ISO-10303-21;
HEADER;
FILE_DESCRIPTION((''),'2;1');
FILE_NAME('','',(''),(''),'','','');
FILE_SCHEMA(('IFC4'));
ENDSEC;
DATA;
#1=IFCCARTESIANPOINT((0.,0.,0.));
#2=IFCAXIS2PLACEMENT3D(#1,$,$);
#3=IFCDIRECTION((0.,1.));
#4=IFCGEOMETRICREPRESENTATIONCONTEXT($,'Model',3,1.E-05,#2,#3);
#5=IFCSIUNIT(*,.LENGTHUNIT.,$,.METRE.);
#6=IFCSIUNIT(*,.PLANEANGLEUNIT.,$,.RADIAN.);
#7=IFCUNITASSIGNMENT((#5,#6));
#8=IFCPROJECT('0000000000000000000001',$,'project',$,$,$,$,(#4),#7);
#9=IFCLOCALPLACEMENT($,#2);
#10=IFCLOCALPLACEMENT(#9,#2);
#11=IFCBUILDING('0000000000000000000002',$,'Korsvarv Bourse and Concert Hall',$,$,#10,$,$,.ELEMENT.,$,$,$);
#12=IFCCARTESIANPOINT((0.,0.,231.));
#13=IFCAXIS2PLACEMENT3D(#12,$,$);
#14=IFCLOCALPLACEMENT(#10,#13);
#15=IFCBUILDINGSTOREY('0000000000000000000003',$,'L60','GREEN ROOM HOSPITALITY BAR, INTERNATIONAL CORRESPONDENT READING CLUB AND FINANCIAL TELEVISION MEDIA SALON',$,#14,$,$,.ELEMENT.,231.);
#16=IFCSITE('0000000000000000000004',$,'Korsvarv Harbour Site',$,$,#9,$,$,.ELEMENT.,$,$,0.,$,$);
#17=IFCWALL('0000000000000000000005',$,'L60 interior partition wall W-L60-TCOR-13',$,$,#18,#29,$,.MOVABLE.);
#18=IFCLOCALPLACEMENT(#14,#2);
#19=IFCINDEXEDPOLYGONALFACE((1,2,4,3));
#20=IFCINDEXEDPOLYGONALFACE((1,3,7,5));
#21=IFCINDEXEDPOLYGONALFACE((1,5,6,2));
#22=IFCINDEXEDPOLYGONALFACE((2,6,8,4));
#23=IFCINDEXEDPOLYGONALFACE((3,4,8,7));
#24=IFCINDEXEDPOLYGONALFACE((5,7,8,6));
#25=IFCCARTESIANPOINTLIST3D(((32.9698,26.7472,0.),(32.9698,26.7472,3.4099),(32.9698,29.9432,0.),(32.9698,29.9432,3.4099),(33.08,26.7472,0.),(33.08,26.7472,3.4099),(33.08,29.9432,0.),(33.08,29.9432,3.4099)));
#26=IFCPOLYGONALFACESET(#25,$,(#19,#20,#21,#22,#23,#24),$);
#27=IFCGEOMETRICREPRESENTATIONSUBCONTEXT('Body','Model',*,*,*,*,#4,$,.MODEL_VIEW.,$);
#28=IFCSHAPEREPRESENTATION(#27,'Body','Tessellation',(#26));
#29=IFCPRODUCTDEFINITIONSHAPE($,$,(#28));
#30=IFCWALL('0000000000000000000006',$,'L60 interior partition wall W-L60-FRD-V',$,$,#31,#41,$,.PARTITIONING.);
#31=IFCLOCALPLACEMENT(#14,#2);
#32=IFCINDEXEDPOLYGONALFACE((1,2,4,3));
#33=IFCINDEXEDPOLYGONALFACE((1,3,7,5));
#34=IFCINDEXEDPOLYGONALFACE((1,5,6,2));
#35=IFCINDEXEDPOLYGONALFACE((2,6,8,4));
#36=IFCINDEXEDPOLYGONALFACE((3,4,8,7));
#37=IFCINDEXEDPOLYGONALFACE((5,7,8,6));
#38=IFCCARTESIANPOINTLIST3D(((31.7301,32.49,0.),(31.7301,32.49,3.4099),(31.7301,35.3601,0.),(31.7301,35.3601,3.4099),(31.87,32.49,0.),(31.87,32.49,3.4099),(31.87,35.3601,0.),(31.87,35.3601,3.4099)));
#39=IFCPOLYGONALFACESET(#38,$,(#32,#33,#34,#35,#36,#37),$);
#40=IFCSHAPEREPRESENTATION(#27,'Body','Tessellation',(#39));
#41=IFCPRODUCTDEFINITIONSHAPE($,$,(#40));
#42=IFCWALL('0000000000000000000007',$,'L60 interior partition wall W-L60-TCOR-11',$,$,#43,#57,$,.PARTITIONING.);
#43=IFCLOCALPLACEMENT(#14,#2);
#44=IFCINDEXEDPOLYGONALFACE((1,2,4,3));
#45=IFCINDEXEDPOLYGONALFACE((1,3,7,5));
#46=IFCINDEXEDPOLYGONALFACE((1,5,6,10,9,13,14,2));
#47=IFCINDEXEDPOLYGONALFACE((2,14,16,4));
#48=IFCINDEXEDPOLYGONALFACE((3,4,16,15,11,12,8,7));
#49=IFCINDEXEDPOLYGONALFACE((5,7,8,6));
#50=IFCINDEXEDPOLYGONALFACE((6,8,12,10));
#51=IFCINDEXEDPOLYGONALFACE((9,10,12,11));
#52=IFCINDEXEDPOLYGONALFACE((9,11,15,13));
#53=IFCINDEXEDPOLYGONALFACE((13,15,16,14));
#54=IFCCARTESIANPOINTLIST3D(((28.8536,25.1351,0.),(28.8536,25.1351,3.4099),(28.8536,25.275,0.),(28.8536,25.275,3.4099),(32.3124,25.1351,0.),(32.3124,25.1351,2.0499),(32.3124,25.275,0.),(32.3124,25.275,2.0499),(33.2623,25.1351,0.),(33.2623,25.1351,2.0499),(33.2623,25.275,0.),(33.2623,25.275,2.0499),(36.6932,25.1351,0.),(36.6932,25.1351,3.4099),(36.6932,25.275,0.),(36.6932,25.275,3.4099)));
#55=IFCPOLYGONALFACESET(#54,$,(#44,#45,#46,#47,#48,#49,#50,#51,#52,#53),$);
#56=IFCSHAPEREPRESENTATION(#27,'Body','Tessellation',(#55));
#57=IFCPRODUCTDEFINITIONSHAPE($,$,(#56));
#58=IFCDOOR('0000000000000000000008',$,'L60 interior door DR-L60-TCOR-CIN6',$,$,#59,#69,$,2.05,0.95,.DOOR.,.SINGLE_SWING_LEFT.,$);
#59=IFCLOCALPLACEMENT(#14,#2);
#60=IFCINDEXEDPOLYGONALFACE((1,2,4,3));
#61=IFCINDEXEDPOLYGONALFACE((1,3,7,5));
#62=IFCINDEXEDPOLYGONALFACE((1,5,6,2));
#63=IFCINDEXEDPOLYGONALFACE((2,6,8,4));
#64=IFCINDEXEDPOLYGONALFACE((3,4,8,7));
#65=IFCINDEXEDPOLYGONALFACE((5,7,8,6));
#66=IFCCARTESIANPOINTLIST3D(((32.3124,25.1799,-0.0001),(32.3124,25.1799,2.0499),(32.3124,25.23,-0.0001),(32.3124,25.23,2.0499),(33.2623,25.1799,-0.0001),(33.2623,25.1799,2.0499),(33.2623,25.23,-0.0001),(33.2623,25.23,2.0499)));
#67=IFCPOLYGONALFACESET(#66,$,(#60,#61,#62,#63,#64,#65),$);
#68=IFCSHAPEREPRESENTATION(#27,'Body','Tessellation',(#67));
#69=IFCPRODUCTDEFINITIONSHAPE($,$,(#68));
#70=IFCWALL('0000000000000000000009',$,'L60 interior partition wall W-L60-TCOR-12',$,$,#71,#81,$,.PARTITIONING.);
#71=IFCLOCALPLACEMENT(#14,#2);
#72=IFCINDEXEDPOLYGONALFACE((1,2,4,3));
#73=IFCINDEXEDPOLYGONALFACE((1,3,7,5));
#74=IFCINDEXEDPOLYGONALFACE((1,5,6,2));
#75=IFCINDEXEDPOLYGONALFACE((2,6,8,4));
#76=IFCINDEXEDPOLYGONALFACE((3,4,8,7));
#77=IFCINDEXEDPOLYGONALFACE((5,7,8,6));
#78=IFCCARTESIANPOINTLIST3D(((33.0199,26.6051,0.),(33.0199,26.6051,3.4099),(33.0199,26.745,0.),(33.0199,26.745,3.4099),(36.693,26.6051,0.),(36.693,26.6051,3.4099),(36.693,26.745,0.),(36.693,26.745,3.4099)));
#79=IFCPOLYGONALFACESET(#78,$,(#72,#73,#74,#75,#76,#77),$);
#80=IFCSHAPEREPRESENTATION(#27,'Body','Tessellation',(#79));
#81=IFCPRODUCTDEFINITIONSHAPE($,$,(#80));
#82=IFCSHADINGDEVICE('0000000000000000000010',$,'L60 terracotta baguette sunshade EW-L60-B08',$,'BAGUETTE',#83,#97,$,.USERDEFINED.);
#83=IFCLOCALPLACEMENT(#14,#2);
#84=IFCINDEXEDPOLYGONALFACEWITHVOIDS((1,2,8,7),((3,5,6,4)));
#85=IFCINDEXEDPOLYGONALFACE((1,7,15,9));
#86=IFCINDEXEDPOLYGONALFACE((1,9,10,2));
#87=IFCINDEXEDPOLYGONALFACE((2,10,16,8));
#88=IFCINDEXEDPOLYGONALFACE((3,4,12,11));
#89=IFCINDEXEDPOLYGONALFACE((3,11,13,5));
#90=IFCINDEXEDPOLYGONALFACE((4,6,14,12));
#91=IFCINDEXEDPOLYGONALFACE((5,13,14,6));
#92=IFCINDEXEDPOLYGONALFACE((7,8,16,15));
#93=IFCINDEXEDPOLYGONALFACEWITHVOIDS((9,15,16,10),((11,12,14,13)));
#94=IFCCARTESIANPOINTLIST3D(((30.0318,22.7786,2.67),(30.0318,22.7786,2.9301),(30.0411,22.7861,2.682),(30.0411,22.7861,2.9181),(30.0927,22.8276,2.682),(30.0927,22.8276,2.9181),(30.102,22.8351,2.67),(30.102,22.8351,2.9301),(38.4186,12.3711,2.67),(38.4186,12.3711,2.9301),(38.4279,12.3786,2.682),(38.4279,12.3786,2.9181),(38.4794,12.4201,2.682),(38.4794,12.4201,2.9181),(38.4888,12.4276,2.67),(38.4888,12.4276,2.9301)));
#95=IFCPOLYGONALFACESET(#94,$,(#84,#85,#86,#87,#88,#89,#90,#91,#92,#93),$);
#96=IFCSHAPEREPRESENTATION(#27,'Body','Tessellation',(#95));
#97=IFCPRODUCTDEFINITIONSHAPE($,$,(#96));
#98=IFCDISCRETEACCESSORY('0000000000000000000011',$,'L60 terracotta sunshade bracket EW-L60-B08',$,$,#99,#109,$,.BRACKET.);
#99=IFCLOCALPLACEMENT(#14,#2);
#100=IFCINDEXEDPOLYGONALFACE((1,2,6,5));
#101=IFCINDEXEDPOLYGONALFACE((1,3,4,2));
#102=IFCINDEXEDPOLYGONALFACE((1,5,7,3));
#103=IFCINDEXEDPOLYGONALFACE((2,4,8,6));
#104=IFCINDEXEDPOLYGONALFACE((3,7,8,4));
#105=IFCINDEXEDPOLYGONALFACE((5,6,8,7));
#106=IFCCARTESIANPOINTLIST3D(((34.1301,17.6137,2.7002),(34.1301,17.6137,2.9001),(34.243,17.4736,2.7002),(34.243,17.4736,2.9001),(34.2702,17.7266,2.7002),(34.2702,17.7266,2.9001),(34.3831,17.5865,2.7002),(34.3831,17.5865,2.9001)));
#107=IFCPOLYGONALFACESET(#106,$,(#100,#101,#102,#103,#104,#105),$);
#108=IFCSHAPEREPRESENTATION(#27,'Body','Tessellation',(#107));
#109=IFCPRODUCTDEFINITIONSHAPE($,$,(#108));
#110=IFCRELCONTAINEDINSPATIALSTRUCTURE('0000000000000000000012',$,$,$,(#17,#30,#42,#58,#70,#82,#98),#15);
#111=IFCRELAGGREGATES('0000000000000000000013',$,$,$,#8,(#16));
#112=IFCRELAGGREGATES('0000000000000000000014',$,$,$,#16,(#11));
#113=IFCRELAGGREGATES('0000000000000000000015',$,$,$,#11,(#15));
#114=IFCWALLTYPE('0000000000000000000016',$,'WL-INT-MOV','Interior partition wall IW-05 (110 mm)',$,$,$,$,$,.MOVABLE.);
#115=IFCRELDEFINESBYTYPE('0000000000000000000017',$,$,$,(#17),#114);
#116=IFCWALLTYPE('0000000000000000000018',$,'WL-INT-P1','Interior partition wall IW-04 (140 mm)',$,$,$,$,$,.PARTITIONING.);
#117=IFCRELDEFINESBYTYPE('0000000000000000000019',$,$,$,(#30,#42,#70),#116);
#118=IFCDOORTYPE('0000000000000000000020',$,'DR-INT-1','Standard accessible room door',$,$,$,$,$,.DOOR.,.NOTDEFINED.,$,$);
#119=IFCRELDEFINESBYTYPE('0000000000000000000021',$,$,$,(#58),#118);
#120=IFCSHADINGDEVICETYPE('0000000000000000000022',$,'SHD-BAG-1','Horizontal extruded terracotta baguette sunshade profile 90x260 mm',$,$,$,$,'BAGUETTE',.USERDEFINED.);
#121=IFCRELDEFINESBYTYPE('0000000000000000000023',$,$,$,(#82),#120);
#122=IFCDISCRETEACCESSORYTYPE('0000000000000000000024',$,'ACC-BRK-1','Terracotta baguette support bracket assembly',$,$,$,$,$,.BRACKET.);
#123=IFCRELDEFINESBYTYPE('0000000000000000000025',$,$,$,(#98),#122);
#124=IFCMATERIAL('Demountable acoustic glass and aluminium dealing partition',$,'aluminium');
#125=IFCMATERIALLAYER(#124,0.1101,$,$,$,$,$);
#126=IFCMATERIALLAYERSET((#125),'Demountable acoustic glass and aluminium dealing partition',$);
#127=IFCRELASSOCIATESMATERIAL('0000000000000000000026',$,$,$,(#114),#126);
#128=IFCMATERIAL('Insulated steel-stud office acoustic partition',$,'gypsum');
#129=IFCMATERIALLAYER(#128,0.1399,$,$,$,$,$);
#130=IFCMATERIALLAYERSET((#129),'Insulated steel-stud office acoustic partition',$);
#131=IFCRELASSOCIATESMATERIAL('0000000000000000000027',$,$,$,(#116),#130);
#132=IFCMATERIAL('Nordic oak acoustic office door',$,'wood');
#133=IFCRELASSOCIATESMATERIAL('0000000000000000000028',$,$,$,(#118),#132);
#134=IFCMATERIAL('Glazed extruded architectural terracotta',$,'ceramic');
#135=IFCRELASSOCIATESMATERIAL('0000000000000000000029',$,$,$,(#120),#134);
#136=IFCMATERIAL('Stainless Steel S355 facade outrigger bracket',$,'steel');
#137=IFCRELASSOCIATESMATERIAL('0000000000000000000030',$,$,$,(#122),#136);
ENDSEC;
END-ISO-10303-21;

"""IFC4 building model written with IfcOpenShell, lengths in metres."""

from ifc_helpers import new_model, si_unit, direction, frame, frame_2d, origin, origin_2d, place, context, subcontext, project, spatial, rectangle, hollow_rectangle, extrude, source, transform, mapped, material, layer, layer_set, material_profile, profile_set, type_object, element, fill, save


model = new_model("IFC4")

# Units and contexts
model_context = context("Model", 3, precision=1e-05, world=origin(), true_north=direction((0.0, 1.0)))
body_context = subcontext(model_context, "Body", "Model", "MODEL_VIEW")
ifc_project = project(units=[si_unit("LENGTHUNIT", "METRE"), si_unit("PLANEANGLEUNIT", "RADIAN")], contexts=[model_context])

# Site, building, storey
site_placement = place(None, origin())
site = spatial("IfcSite", under=ifc_project, at=site_placement, Name="Korsvarv Harbour Site", CompositionType="ELEMENT", RefElevation=0.0)
building_placement = place(site_placement, origin())
building = spatial("IfcBuilding", under=site, at=building_placement, Name="Korsvarv Bourse and Concert Hall", CompositionType="ELEMENT")
storey_placement = place(building_placement, frame((0.0, 0.0, 231.0)))
storey = spatial("IfcBuildingStorey", under=building, at=storey_placement, Name="L60", Description="GREEN ROOM HOSPITALITY BAR, INTERNATIONAL CORRESPONDENT READING CLUB AND FINANCIAL TELEVISION MEDIA SALON", CompositionType="ELEMENT", Elevation=231.0)

# Walls
ifc_material_1 = material(Name="Demountable acoustic glass and aluminium dealing partition", Category="aluminium")
ifc_layer_1 = layer(ifc_material_1, 0.1101)
ifc_layer_set_1 = layer_set([ifc_layer_1], Name="Demountable acoustic glass and aluminium dealing partition")
wall_type_1 = type_object("IfcWallType", Name="WL-INT-MOV", Description="Interior partition wall IW-05 (110 mm)", PredefinedType="MOVABLE", material=ifc_layer_set_1)
wall_1_placement = place(storey_placement, frame((33.0249, 26.7471, 0.0), z_axis=(0.0, 0.0, 1.0), x_axis=(0.0, 1.0, 0.0)))
element("IfcWall", 1, at=wall_1_placement, inside=storey, type_object=wall_type_1, Name="L60 interior partition wall W-L60-TCOR-13", PredefinedType="MOVABLE", context=body_context, shape_type="SweptSolid", body=[
    extrude(rectangle(XDim=3.196, YDim=0.1101, at=frame_2d((1.5981, 0.0))), origin(), (0.0, 0.0, 1.0), 3.4099),
])
ifc_material_2 = material(Name="Insulated steel-stud office acoustic partition", Category="gypsum")
ifc_layer_2 = layer(ifc_material_2, 0.1399)
ifc_layer_set_2 = layer_set([ifc_layer_2], Name="Insulated steel-stud office acoustic partition")
wall_type_2 = type_object("IfcWallType", Name="WL-INT-P1", Description="Interior partition wall IW-04 (140 mm)", PredefinedType="PARTITIONING", material=ifc_layer_set_2)
wall_2_placement = place(storey_placement, frame((31.8, 32.49, 0.0), z_axis=(0.0, 0.0, 1.0), x_axis=(0.0, 1.0, 0.0)))
element("IfcWall", 2, at=wall_2_placement, inside=storey, type_object=wall_type_2, Name="L60 interior partition wall W-L60-FRD-V", PredefinedType="PARTITIONING", context=body_context, shape_type="SweptSolid", body=[
    extrude(rectangle(XDim=2.8701, YDim=0.1399, at=frame_2d((1.4351, 0.0))), origin(), (0.0, 0.0, 1.0), 3.4099),
])

# Wall, opening, door
wall_3_placement = place(storey_placement, frame((28.8535, 25.2051, 0.0), z_axis=(0.0, 0.0, 1.0), x_axis=(1.0, 0.0, 0.0)))
wall_3 = element("IfcWall", 3, at=wall_3_placement, inside=storey, type_object=wall_type_2, Name="L60 interior partition wall W-L60-TCOR-11", PredefinedType="PARTITIONING", context=body_context, shape_type="SweptSolid", body=[
    extrude(rectangle(XDim=7.8396, YDim=0.1399, at=frame_2d((3.9199, 0.0))), origin(), (0.0, 0.0, 1.0), 3.4099),
])
opening_1_placement = place(wall_3_placement, frame((3.4587, 0.0, 0.0)))
opening_1 = element("IfcOpeningElement", 4, at=opening_1_placement, cuts=wall_3, PredefinedType="OPENING", context=body_context, shape_type="SweptSolid", body=[
    extrude(rectangle(XDim=0.95, YDim=2.05, at=frame_2d((0.4751, 1.0249))), frame((0.0, 0.0801, 0.0), z_axis=(0.0, -1.0, 0.0), x_axis=(1.0, 0.0, 0.0)), (0.0, 0.0, 1.0), 0.1599),
])
ifc_material_3 = material(Name="Nordic oak acoustic office door", Category="wood")
door_type_1 = type_object("IfcDoorType", Name="DR-INT-1", Description="Standard accessible room door", OperationType="NOTDEFINED", PredefinedType="DOOR", material=ifc_material_3)
door_1_placement = place(opening_1_placement, origin())
door_1 = element("IfcDoor", 5, at=door_1_placement, inside=storey, type_object=door_type_1, Name="L60 interior door DR-L60-TCOR-CIN6", OperationType="SINGLE_SWING_LEFT", OverallHeight=2.05, OverallWidth=0.95, PredefinedType="DOOR", context=body_context, shape_type="SweptSolid", body=[
    extrude(rectangle(XDim=0.95, YDim=2.05, at=frame_2d((0.4751, 1.0249))), frame((0.0, 0.0249, 0.0), z_axis=(0.0, -1.0, 0.0), x_axis=(1.0, 0.0, 0.0)), (0.0, 0.0, 1.0), 0.05),
])
fill(opening_1, door_1)

# Wall
wall_4_placement = place(storey_placement, frame((33.02, 26.675, 0.0), z_axis=(0.0, 0.0, 1.0), x_axis=(1.0, 0.0, 0.0)))
element("IfcWall", 6, at=wall_4_placement, inside=storey, type_object=wall_type_2, Name="L60 interior partition wall W-L60-TCOR-12", PredefinedType="PARTITIONING", context=body_context, shape_type="SweptSolid", body=[
    extrude(rectangle(XDim=3.6731, YDim=0.1399, at=frame_2d((1.8364, 0.0))), origin(), (0.0, 0.0, 1.0), 3.4099),
])

# Shading device
ifc_material_4 = material(Name="Glazed extruded architectural terracotta", Category="ceramic")
ifc_material_profile_1 = material_profile(ifc_material_4, hollow_rectangle(XDim=0.0901, YDim=0.26, WallThickness=0.012, at=origin_2d()), Name="TC-BAG 90x260")
ifc_profile_set_1 = profile_set([ifc_material_profile_1], Name="Glazed extruded architectural terracotta")
shading_device_type = type_object("IfcShadingDeviceType", Name="SHD-BAG-1", Description="Horizontal extruded terracotta baguette sunshade profile 90x260 mm", ElementType="BAGUETTE", PredefinedType="USERDEFINED", material=ifc_profile_set_1)
shared_shape_1 = source(origin(), body_context, "Body", "SweptSolid", [
    extrude(hollow_rectangle(XDim=0.0901, YDim=0.26, WallThickness=0.012, at=origin_2d()), origin(), (0.0, 0.0, 1.0), 13.3662),
])
shading_device_placement = place(storey_placement, frame((30.0669, 22.8069, 2.8), z_axis=(0.627462, -0.778647, 0.0), x_axis=(0.778647, 0.627462, 0.0)))
element("IfcShadingDevice", 7, at=shading_device_placement, inside=storey, type_object=shading_device_type, Name="L60 terracotta baguette sunshade EW-L60-B08", ObjectType="BAGUETTE", PredefinedType="USERDEFINED", context=body_context, shape_type="MappedRepresentation", body=[
    mapped(shared_shape_1, transform((0.0, 0.0, 0.0), scale=1.0)),
])

# Discrete accessory
ifc_material_5 = material(Name="Stainless Steel S355 facade outrigger bracket", Category="steel")
discrete_accessory_type = type_object("IfcDiscreteAccessoryType", Name="ACC-BRK-1", Description="Terracotta baguette support bracket assembly", PredefinedType="BRACKET", material=ifc_material_5)
shared_shape_2 = source(origin(), body_context, "Body", "SweptSolid", [
    extrude(rectangle(XDim=0.1799, YDim=0.1799, at=origin_2d()), origin(), (0.0, 0.0, 1.0), 0.2),
])
discrete_accessory_placement = place(storey_placement, frame((34.2566, 17.6001, 2.7002), z_axis=(0.0, 0.0, 1.0), x_axis=(0.62742, -0.778681, 0.0)))
element("IfcDiscreteAccessory", 8, at=discrete_accessory_placement, inside=storey, type_object=discrete_accessory_type, Name="L60 terracotta sunshade bracket EW-L60-B08", PredefinedType="BRACKET", context=body_context, shape_type="MappedRepresentation", body=[
    mapped(shared_shape_2, transform((0.0, 0.0, 0.0), scale=1.0)),
])

save(model, "model.ifc")
